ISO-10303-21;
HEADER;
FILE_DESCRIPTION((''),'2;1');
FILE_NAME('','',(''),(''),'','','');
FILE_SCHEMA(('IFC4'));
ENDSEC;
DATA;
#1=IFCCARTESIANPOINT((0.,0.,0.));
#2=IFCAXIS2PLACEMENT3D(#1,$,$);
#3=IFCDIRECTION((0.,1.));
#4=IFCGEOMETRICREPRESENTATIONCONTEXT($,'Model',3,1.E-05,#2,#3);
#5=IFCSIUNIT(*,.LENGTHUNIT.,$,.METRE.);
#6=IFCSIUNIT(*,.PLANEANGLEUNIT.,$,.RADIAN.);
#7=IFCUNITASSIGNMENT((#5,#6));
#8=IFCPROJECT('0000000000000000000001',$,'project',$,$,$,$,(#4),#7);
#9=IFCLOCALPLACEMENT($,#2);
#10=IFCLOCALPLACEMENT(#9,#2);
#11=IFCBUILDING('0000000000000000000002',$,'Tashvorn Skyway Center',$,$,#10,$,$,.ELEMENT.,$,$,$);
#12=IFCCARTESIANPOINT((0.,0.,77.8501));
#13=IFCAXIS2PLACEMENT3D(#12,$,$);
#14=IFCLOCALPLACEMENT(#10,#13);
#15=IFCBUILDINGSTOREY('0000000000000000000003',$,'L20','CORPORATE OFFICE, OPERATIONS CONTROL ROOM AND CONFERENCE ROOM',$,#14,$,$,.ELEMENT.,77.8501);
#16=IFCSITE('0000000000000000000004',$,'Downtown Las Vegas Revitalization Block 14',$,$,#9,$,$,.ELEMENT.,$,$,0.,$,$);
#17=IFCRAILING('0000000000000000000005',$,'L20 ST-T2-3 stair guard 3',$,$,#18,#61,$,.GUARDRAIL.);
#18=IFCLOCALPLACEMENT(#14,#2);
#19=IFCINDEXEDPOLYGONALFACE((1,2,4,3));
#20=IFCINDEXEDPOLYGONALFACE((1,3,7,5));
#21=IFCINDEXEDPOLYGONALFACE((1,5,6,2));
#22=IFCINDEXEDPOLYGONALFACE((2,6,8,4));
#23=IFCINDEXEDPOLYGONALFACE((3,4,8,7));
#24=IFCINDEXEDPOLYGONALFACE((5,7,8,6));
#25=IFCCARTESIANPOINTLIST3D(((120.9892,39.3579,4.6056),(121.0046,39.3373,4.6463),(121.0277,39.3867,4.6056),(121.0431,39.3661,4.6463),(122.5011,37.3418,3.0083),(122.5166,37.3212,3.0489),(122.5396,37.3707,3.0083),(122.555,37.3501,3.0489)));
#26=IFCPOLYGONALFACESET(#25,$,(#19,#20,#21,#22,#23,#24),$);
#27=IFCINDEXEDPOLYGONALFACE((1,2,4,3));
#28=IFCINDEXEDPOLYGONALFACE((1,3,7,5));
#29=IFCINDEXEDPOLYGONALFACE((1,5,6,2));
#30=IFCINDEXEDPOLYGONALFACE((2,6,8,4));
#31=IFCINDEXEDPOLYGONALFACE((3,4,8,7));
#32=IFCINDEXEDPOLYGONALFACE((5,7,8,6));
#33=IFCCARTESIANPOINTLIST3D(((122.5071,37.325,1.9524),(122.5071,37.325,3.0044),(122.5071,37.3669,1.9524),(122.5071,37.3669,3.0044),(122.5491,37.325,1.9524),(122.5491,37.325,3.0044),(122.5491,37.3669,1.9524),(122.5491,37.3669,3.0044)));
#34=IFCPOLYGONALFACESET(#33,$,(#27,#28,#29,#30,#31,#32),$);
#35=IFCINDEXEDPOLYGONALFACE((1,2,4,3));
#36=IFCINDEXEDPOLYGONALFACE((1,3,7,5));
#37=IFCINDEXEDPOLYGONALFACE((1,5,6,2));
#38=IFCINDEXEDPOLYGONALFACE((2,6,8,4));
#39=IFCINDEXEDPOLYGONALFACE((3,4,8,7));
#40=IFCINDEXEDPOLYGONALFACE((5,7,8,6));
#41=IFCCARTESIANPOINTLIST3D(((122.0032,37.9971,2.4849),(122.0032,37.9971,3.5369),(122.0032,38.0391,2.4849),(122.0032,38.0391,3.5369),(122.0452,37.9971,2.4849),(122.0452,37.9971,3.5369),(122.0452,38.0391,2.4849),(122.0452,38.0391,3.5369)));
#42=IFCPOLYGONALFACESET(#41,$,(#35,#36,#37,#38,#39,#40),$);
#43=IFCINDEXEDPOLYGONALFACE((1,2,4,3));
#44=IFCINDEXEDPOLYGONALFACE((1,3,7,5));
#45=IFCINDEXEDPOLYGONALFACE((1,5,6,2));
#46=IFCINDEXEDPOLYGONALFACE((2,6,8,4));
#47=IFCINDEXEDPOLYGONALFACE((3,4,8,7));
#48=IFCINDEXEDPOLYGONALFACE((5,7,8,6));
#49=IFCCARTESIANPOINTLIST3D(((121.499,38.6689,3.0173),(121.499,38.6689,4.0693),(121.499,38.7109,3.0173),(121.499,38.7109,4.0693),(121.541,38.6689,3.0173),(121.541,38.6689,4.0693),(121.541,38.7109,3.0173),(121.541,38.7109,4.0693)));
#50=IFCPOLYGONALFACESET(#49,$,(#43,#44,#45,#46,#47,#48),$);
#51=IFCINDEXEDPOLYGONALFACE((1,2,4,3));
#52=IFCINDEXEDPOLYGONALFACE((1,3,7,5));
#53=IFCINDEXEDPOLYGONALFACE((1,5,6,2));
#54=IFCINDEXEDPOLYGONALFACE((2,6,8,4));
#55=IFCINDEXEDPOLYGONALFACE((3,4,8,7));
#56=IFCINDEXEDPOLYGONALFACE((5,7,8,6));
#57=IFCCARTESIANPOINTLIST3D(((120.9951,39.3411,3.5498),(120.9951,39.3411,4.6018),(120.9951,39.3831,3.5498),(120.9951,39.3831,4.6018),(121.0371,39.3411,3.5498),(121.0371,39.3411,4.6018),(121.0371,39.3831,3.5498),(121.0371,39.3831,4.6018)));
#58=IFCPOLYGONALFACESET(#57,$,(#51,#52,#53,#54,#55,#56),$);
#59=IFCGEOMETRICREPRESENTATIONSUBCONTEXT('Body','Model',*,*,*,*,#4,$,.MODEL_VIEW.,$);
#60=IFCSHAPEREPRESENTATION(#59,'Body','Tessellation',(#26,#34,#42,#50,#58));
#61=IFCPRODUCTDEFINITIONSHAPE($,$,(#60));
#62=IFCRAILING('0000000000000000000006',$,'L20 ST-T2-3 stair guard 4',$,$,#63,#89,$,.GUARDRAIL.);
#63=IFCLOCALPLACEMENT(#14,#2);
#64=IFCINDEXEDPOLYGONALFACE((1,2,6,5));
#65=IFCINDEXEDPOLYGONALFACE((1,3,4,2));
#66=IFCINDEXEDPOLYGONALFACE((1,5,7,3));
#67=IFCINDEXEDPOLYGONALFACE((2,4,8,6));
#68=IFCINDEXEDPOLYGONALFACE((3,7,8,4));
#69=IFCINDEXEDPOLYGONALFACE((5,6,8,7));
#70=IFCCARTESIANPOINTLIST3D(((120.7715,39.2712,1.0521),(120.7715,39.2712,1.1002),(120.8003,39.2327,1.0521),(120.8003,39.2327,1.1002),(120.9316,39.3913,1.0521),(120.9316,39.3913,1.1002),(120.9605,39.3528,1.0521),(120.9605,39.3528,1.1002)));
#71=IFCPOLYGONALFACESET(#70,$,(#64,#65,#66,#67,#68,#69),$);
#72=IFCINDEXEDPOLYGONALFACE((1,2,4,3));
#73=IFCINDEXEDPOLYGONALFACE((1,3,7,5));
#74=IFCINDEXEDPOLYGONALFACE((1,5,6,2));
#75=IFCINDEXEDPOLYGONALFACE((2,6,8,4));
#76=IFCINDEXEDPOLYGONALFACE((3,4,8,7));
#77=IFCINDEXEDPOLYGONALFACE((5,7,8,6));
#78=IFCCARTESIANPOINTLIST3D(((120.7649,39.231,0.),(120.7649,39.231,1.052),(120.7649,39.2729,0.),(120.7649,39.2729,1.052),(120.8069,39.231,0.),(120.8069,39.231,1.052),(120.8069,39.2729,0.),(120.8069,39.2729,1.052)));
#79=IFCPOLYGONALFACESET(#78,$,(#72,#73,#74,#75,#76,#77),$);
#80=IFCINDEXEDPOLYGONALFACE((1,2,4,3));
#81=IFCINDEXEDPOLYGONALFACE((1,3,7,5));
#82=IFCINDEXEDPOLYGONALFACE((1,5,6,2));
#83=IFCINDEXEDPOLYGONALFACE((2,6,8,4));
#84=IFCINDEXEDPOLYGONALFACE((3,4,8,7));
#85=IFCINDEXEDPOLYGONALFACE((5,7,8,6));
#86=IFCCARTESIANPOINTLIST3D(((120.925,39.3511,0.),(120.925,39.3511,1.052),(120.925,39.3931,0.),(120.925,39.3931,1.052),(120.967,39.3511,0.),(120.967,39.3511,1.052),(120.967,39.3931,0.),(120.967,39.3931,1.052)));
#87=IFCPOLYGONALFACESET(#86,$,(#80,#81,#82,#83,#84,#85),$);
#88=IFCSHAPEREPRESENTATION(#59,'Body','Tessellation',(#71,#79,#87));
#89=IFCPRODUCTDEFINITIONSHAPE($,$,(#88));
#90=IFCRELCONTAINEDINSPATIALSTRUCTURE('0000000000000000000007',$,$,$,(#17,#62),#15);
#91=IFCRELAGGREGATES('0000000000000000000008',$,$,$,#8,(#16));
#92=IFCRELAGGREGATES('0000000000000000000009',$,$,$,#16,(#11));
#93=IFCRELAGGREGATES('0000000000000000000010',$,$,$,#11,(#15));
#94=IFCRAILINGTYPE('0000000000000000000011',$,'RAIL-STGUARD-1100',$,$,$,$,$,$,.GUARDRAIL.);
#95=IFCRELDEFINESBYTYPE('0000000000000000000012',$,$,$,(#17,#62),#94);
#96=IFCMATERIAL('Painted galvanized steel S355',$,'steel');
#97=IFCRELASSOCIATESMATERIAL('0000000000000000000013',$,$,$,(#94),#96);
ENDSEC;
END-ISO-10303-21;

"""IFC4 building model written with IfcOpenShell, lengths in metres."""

from ifc_helpers import new_model, si_unit, direction, frame, origin, origin_2d, place, context, subcontext, project, spatial, rectangle, extrude, material, type_object, element, save


model = new_model("IFC4")

# Units and contexts
model_context = context("Model", 3, precision=1e-05, world=origin(), true_north=direction((0.0, 1.0)))
body_context = subcontext(model_context, "Body", "Model", "MODEL_VIEW")
ifc_project = project(units=[si_unit("LENGTHUNIT", "METRE"), si_unit("PLANEANGLEUNIT", "RADIAN")], contexts=[model_context])

# Site, building, storey
site_placement = place(None, origin())
site = spatial("IfcSite", under=ifc_project, at=site_placement, Name="Downtown Las Vegas Revitalization Block 14", CompositionType="ELEMENT", RefElevation=0.0)
building_placement = place(site_placement, origin())
building = spatial("IfcBuilding", under=site, at=building_placement, Name="Tashvorn Skyway Center", CompositionType="ELEMENT")
storey_placement = place(building_placement, frame((0.0, 0.0, 77.8501)))
storey = spatial("IfcBuildingStorey", under=building, at=storey_placement, Name="L20", Description="CORPORATE OFFICE, OPERATIONS CONTROL ROOM AND CONFERENCE ROOM", CompositionType="ELEMENT", Elevation=77.8501)

# Railings
ifc_material_1 = material(Name="Painted galvanized steel S355", Category="steel")
railing_type_1 = type_object("IfcRailingType", Name="RAIL-STGUARD-1100", PredefinedType="GUARDRAIL", material=ifc_material_1)
railing_1_placement = place(storey_placement, frame((122.5281, 37.3459, 1.9524)))
element("IfcRailing", 1, at=railing_1_placement, inside=storey, type_object=railing_type_1, Name="L20 ST-T2-3 stair guard 3", PredefinedType="GUARDRAIL", context=body_context, shape_type="SweptSolid", body=[
    extrude(rectangle(XDim=0.0481, YDim=0.0481, at=origin_2d()), frame((0.0, 0.0, 1.0762), z_axis=(-0.506741, 0.675709, 0.535379), x_axis=(-0.800023, -0.599969, 0.0)), (0.0, 0.0, 1.0), 2.9836),
    extrude(rectangle(XDim=0.042, YDim=0.042, at=origin_2d()), origin(), (0.0, 0.0, 1.0), 1.052),
    extrude(rectangle(XDim=0.042, YDim=0.042, at=origin_2d()), frame((-0.5039, 0.6721, 0.5325)), (0.0, 0.0, 1.0), 1.052),
    extrude(rectangle(XDim=0.042, YDim=0.042, at=origin_2d()), frame((-1.0081, 1.344, 1.0649)), (0.0, 0.0, 1.0), 1.052),
    extrude(rectangle(XDim=0.042, YDim=0.042, at=origin_2d()), frame((-1.512, 2.0161, 1.5974)), (0.0, 0.0, 1.0), 1.052),
])
railing_2_placement = place(storey_placement, frame((120.7859, 39.252, 0.0)))
element("IfcRailing", 2, at=railing_2_placement, inside=storey, type_object=railing_type_1, Name="L20 ST-T2-3 stair guard 4", PredefinedType="GUARDRAIL", context=body_context, shape_type="SweptSolid", body=[
    extrude(rectangle(XDim=0.0481, YDim=0.0481, at=origin_2d()), frame((0.0, 0.0, 1.0762), z_axis=(0.8, 0.6, 0.0), x_axis=(-0.6, 0.8, 0.0)), (0.0, 0.0, 1.0), 0.2002),
    extrude(rectangle(XDim=0.042, YDim=0.042, at=origin_2d()), origin(), (0.0, 0.0, 1.0), 1.052),
    extrude(rectangle(XDim=0.042, YDim=0.042, at=origin_2d()), frame((0.1602, 0.1201, 0.0)), (0.0, 0.0, 1.0), 1.052),
])

save(model, "model.ifc")
